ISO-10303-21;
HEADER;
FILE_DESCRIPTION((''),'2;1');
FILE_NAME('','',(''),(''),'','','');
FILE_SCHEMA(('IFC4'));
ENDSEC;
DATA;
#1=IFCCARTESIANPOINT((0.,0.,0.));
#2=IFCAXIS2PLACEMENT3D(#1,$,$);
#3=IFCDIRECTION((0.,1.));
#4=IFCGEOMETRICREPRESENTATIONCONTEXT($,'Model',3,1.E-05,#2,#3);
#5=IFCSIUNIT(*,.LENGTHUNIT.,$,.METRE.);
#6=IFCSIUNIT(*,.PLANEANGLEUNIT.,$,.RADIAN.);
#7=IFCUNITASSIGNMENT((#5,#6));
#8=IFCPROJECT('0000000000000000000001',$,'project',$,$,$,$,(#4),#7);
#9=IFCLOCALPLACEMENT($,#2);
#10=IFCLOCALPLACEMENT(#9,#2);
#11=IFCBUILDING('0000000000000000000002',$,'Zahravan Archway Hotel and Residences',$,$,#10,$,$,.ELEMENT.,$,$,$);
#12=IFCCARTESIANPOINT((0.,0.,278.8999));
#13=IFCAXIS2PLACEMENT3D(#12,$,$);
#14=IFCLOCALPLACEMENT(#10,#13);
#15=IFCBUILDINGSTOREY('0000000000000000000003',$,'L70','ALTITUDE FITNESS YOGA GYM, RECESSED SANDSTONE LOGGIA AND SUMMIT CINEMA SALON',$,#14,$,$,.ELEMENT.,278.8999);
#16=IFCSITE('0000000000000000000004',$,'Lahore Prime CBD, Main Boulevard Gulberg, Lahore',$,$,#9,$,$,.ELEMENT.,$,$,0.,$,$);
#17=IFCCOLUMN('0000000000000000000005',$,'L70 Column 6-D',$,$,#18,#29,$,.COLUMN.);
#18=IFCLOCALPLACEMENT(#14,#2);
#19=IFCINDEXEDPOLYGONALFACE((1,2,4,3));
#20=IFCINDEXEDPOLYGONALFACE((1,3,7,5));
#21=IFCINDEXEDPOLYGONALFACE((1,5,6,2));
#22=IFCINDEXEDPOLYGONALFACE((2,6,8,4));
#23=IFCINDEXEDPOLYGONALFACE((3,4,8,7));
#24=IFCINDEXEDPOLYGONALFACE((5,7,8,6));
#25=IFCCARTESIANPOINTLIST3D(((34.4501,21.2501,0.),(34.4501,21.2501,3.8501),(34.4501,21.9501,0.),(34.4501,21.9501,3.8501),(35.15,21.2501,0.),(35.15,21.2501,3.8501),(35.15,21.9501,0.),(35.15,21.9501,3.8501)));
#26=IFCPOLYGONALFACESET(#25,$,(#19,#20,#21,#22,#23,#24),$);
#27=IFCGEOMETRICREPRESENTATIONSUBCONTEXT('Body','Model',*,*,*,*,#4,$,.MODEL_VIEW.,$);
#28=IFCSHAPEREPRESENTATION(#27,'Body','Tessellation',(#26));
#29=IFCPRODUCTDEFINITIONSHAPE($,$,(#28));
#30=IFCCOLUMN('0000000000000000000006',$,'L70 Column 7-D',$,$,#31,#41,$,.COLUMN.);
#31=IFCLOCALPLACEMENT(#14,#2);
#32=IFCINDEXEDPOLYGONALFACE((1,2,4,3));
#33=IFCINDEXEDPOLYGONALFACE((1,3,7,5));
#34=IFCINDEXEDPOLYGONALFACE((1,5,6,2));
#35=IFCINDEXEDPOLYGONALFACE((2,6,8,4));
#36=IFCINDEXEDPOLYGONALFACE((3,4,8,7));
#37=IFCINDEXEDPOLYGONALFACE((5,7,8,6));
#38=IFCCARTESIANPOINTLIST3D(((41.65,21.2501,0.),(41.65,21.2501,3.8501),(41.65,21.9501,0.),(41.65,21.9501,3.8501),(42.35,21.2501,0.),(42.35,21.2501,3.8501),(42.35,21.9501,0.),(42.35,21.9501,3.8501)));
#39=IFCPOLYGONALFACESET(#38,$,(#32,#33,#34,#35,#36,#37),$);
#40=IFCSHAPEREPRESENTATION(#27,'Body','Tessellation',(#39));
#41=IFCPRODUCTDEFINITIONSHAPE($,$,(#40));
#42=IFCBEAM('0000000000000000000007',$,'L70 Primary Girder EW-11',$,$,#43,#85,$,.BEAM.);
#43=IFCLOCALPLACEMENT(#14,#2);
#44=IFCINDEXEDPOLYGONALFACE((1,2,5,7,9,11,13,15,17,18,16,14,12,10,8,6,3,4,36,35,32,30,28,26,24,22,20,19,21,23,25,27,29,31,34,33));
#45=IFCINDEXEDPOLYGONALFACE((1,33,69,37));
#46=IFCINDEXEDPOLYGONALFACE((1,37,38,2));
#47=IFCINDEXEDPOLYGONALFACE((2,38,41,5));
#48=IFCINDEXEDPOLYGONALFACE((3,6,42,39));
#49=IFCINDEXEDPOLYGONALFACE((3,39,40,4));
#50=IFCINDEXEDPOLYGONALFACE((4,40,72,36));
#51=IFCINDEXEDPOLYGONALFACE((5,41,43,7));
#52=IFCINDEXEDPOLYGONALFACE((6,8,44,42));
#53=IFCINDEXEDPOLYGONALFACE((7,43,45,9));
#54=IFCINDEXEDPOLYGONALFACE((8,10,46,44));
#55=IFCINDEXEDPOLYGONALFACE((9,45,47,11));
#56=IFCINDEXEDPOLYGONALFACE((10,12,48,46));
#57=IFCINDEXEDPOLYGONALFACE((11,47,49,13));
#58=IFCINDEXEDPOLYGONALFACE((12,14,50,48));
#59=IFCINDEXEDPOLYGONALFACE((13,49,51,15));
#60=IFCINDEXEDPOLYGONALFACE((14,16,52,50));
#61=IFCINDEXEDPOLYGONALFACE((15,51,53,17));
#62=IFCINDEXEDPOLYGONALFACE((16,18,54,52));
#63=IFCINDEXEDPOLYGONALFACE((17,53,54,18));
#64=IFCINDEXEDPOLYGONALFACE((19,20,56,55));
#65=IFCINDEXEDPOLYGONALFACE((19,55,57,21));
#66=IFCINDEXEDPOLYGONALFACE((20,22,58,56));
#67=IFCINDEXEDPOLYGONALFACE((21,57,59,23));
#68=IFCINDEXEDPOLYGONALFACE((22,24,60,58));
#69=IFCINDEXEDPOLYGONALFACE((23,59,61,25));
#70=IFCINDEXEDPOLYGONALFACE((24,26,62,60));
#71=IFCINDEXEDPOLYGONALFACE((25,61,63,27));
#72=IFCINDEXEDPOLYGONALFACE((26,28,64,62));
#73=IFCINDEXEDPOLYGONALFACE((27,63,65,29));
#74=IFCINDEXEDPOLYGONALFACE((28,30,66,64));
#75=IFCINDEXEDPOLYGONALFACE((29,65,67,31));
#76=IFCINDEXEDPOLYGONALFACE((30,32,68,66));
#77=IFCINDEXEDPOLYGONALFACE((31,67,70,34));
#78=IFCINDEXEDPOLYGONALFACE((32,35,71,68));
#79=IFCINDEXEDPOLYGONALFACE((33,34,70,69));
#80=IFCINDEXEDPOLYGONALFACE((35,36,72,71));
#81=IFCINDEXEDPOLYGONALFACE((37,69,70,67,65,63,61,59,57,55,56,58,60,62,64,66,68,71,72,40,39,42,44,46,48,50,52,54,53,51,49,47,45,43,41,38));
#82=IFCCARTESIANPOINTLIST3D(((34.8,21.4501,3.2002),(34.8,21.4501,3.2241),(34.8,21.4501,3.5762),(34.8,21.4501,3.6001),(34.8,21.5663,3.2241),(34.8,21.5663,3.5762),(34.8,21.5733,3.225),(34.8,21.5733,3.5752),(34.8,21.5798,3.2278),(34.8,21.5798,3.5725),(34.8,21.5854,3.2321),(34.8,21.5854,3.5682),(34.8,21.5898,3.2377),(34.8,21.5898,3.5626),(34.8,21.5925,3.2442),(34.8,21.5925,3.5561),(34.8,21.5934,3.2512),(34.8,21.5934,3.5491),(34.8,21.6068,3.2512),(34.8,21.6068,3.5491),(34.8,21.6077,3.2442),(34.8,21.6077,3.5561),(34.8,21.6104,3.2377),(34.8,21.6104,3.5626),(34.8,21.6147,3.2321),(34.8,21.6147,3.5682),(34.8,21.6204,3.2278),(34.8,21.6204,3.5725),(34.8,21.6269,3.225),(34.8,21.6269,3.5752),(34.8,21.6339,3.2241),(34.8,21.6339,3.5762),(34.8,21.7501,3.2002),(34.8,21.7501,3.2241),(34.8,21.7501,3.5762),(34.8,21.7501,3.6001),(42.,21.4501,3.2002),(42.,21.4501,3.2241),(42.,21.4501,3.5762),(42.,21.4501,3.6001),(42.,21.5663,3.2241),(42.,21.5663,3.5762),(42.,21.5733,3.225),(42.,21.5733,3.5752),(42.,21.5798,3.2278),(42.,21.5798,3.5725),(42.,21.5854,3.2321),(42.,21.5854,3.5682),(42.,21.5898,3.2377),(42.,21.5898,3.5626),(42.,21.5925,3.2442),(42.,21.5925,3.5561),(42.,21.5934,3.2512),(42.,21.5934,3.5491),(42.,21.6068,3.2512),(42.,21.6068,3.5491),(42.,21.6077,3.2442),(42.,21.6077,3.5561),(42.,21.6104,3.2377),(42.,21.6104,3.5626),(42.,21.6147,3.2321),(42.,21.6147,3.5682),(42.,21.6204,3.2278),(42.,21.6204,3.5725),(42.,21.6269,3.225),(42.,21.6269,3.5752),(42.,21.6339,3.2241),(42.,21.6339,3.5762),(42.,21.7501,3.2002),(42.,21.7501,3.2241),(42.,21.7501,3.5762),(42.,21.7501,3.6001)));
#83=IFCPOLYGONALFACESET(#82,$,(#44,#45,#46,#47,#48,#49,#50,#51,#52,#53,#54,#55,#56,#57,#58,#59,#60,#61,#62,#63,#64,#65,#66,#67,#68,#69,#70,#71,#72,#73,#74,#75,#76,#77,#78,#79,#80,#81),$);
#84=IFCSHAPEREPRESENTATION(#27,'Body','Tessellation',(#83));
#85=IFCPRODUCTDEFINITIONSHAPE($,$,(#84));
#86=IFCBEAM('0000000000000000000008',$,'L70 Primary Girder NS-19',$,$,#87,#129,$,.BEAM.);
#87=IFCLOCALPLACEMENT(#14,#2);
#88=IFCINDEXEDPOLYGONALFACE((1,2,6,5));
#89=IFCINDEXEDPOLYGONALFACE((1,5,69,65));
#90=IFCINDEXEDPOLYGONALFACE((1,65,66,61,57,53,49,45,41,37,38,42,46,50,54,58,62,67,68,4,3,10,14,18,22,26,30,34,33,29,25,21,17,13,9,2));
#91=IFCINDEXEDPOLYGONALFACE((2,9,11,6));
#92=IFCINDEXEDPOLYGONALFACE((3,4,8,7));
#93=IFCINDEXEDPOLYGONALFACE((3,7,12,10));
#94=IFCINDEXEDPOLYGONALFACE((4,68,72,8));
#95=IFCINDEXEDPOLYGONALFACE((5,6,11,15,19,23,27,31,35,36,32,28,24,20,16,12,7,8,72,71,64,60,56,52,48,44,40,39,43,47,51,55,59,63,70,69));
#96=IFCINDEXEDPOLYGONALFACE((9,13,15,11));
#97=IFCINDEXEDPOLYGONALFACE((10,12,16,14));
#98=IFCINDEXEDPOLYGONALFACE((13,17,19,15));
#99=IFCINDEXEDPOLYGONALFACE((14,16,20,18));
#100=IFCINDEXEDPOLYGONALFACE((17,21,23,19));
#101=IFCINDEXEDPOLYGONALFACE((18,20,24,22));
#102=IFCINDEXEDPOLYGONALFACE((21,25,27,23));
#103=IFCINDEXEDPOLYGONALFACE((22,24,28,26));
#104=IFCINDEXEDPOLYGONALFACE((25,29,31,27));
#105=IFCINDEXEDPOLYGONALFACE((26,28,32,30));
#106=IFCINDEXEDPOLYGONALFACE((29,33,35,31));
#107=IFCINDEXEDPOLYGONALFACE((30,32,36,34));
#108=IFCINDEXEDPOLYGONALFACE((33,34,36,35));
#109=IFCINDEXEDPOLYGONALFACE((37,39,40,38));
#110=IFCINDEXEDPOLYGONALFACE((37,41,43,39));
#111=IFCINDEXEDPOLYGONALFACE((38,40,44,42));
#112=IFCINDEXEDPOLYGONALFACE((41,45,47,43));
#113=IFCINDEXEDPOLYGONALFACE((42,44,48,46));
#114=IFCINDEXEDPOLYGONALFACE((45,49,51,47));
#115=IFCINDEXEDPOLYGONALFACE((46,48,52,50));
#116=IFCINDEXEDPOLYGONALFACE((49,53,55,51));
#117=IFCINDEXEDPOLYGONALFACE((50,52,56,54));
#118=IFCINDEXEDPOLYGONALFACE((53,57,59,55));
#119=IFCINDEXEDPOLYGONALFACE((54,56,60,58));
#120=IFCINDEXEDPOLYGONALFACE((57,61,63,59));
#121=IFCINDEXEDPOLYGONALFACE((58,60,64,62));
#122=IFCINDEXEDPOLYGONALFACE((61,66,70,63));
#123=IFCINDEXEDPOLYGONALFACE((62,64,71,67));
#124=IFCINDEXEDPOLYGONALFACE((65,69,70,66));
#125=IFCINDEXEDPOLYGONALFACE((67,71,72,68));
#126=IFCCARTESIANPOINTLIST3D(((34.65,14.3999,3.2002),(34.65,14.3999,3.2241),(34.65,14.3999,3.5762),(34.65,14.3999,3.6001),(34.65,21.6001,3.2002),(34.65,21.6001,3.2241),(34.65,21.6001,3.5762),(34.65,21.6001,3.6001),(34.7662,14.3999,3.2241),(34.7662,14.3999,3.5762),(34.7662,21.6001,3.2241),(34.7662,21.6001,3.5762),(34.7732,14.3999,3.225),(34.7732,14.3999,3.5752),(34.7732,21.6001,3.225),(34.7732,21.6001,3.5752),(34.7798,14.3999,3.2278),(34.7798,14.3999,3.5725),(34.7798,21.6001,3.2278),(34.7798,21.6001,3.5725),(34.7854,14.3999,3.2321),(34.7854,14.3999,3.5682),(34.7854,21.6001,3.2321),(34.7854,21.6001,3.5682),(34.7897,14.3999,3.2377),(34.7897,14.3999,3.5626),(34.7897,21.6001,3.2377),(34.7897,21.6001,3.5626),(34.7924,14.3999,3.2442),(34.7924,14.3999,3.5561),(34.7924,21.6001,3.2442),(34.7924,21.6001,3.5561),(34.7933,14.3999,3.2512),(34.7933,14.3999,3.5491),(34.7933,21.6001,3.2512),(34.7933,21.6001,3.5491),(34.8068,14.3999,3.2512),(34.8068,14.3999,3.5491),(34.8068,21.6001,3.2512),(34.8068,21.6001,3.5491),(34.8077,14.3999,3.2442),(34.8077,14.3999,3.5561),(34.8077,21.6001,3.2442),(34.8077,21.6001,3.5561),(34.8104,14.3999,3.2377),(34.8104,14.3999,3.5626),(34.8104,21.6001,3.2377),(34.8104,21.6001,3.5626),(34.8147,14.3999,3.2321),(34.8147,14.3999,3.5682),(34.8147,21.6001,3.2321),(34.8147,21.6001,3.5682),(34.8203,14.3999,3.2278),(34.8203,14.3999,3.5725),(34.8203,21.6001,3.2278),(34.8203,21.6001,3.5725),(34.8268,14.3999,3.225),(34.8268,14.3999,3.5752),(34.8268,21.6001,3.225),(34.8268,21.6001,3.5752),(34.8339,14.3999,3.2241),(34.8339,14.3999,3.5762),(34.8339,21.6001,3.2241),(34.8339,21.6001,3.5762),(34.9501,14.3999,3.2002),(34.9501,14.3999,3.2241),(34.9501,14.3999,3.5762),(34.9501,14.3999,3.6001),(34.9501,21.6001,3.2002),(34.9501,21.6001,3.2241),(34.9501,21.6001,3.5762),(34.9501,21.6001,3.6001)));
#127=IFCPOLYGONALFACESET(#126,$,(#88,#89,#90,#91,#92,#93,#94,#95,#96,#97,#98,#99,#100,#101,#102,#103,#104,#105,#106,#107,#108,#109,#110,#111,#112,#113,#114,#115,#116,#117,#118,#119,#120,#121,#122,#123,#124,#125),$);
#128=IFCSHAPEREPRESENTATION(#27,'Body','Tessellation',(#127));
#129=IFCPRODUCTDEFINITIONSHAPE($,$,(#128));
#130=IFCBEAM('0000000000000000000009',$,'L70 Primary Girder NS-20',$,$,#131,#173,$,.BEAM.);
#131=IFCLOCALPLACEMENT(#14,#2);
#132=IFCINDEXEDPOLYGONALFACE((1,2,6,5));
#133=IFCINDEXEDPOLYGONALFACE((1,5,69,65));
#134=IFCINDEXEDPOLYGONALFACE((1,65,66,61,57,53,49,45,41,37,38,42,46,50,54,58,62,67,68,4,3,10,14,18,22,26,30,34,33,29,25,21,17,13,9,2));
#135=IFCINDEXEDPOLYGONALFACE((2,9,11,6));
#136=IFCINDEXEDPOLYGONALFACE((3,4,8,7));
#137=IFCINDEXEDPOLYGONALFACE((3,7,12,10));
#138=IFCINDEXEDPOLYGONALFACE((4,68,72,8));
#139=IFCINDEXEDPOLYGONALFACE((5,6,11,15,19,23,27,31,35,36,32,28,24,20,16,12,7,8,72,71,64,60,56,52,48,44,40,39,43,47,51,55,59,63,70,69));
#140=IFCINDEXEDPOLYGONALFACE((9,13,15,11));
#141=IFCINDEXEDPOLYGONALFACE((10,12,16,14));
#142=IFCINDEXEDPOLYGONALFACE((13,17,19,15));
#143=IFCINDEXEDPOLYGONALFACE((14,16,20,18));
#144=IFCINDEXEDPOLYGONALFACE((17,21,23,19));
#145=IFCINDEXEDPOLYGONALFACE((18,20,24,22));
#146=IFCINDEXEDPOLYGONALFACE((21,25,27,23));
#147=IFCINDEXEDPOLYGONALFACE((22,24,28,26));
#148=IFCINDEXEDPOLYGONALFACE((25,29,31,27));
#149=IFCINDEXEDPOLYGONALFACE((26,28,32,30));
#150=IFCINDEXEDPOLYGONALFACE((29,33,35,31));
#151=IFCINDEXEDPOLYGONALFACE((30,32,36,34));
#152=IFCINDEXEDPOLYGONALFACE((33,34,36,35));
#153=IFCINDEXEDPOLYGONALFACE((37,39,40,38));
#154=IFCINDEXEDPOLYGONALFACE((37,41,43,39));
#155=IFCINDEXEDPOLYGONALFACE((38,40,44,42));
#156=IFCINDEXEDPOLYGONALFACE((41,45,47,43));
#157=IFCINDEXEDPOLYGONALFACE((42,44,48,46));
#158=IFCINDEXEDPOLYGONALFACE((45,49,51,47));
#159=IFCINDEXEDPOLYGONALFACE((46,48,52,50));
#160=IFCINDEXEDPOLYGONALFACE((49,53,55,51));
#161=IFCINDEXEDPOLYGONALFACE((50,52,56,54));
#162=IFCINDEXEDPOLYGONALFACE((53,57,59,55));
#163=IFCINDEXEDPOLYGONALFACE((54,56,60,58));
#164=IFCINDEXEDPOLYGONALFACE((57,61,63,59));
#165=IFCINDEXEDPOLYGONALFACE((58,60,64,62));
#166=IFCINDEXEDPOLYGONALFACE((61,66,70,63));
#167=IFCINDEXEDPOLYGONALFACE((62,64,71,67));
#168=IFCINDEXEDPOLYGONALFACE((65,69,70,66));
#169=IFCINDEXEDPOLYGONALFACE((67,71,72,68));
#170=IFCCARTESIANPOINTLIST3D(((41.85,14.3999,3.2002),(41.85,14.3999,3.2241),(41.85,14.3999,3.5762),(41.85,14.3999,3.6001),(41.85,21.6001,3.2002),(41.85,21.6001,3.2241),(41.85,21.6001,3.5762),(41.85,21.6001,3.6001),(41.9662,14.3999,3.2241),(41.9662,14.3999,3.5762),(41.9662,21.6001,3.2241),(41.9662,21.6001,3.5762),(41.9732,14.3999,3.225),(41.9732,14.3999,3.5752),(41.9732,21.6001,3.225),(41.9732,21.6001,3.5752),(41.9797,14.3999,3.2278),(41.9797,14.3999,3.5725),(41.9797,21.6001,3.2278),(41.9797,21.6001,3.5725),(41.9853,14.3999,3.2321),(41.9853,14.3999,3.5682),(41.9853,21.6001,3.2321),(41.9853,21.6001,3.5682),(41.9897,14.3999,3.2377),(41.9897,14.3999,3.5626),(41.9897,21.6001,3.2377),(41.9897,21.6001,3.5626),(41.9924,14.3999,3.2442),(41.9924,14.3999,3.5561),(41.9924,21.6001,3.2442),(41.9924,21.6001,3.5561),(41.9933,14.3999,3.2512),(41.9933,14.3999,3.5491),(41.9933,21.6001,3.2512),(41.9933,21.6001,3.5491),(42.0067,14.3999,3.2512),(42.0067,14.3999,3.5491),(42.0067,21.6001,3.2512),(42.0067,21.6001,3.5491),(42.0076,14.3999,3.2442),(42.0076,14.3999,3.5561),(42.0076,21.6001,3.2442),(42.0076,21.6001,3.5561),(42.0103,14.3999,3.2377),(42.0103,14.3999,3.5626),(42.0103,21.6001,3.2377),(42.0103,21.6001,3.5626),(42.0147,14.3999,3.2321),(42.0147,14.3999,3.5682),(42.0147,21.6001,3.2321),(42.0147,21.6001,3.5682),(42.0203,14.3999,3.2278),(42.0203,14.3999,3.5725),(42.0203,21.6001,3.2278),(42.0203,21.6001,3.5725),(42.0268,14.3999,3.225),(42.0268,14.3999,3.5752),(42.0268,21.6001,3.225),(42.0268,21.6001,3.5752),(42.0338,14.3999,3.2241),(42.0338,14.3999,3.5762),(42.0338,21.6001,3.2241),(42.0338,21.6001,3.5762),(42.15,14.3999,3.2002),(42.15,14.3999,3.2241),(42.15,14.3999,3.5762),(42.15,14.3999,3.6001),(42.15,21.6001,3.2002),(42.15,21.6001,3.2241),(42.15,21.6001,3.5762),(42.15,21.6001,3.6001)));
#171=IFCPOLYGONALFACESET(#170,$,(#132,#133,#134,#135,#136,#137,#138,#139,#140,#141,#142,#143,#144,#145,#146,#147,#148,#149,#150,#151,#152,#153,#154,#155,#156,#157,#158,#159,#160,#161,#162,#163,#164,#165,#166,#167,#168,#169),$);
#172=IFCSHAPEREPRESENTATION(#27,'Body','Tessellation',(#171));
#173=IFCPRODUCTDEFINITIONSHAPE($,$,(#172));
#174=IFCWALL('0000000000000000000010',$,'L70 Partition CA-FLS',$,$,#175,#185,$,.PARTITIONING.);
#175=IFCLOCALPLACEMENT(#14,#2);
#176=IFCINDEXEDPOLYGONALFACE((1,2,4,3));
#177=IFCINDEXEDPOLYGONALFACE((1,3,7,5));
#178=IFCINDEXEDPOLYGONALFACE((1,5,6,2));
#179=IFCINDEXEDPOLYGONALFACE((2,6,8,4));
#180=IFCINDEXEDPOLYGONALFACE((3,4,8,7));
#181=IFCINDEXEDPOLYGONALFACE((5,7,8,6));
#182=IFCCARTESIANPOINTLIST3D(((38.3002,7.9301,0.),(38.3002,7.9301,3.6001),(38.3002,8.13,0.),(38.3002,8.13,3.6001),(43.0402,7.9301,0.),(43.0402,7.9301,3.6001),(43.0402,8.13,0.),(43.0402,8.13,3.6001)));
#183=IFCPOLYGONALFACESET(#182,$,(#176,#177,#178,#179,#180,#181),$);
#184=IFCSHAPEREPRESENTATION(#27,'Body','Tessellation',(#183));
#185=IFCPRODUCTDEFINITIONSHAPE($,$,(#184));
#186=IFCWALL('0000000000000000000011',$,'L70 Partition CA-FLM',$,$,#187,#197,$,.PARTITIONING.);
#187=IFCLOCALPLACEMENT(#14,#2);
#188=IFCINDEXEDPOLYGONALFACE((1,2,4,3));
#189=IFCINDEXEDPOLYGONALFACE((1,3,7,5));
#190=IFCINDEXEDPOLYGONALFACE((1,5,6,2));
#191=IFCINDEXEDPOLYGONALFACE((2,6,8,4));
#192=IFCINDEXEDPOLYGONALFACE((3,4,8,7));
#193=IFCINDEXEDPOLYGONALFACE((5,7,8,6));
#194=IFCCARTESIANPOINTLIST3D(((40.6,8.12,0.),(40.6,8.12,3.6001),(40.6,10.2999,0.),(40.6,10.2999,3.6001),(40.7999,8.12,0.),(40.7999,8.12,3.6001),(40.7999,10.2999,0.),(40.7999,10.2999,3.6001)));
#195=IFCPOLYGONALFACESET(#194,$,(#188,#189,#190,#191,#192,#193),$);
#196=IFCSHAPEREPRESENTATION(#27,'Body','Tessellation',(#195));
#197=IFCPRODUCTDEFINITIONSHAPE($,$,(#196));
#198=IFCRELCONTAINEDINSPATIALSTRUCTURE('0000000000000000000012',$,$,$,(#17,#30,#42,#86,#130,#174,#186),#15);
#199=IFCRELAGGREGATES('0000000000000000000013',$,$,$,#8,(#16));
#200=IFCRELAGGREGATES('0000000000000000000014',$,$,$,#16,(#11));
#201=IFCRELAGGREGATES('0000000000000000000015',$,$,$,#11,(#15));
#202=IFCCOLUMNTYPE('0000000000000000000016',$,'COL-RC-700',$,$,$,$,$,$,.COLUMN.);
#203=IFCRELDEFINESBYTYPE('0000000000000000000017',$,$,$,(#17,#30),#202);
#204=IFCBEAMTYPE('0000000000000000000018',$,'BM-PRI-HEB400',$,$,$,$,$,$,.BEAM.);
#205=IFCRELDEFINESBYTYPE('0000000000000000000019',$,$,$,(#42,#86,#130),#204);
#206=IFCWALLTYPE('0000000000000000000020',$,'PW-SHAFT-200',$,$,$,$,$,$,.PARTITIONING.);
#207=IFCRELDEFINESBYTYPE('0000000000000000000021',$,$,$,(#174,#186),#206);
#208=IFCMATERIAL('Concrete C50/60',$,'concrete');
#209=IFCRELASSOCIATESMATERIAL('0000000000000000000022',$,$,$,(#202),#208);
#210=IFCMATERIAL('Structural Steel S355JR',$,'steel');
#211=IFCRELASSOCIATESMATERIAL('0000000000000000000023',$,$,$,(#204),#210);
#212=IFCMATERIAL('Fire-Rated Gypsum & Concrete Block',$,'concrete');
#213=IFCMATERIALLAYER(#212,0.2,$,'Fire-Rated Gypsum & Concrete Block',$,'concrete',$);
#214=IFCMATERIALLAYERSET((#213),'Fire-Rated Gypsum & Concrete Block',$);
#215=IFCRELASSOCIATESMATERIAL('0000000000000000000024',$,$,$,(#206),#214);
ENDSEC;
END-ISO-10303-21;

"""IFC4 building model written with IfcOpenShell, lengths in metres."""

from ifc_helpers import new_model, si_unit, direction, frame, frame_2d, origin, origin_2d, place, context, subcontext, project, spatial, rectangle, i_section, extrude, source, transform, mapped, material, layer, layer_set, material_profile, profile_set, type_object, type_shapes, element, save


model = new_model("IFC4")

# Units and contexts
model_context = context("Model", 3, precision=1e-05, world=origin(), true_north=direction((0.0, 1.0)))
body_context = subcontext(model_context, "Body", "Model", "MODEL_VIEW")
ifc_project = project(units=[si_unit("LENGTHUNIT", "METRE"), si_unit("PLANEANGLEUNIT", "RADIAN")], contexts=[model_context])

# Site, building, storey
site_placement = place(None, origin())
site = spatial("IfcSite", under=ifc_project, at=site_placement, Name="Lahore Prime CBD, Main Boulevard Gulberg, Lahore", CompositionType="ELEMENT", RefElevation=0.0)
building_placement = place(site_placement, origin())
building = spatial("IfcBuilding", under=site, at=building_placement, Name="Zahravan Archway Hotel and Residences", CompositionType="ELEMENT")
storey_placement = place(building_placement, frame((0.0, 0.0, 278.8999)))
storey = spatial("IfcBuildingStorey", under=building, at=storey_placement, Name="L70", Description="ALTITUDE FITNESS YOGA GYM, RECESSED SANDSTONE LOGGIA AND SUMMIT CINEMA SALON", CompositionType="ELEMENT", Elevation=278.8999)

# Columns
ifc_material_1 = material(Name="Concrete C50/60", Category="concrete")
ifc_material_profile_1 = material_profile(ifc_material_1, rectangle(XDim=0.7, YDim=0.7, at=origin_2d()), Name="RC-COL-700x700", Category="concrete")
ifc_profile_set_1 = profile_set([ifc_material_profile_1], Name="Concrete C50/60")
column_type = type_object("IfcColumnType", Name="COL-RC-700", PredefinedType="COLUMN", material=ifc_profile_set_1)
shared_shape_1 = source(origin(), body_context, "Body", "SweptSolid", [
    extrude(rectangle(XDim=0.7, YDim=0.7, at=origin_2d()), origin(), (0.0, 0.0, 1.0), 3.8501),
])
for number, where, z_axis, x_axis, name in (
    (1, (34.8, 21.6001, 0.0), (0.0, 0.0, 1.0), (1.0, 0.0, 0.0), "L70 Column 6-D"),
    (2, (42.0, 21.6001, 0.0), (0.0, 0.0, 1.0), (1.0, 0.0, 0.0), "L70 Column 7-D"),
):
    element("IfcColumn", number, at=place(storey_placement, frame(where, z_axis=z_axis, x_axis=x_axis)), inside=storey, type_object=column_type, Name=name, PredefinedType="COLUMN", context=body_context, shape_type="MappedRepresentation", body=[
        mapped(shared_shape_1, transform((0.0, 0.0, 0.0), scale=1.0)),
    ])

# Beams
ifc_material_2 = material(Name="Structural Steel S355JR", Category="steel")
ifc_material_profile_2 = material_profile(ifc_material_2, i_section(OverallWidth=0.3, OverallDepth=0.3999, WebThickness=0.0134, FlangeThickness=0.0239, FilletRadius=0.0271, at=origin_2d()), Name="HEB 400", Category="steel")
ifc_profile_set_2 = profile_set([ifc_material_profile_2], Name="Structural Steel S355JR")
beam_type = type_object("IfcBeamType", Name="BM-PRI-HEB400", PredefinedType="BEAM", material=ifc_profile_set_2)
shared_shape_2 = source(origin(), body_context, "Body", "SweptSolid", [
    extrude(i_section(OverallWidth=0.3, OverallDepth=0.3999, WebThickness=0.0134, FlangeThickness=0.0239, FilletRadius=0.0271, at=origin_2d()), origin(), (0.0, 0.0, 1.0), 7.2),
])
type_shapes(beam_type, [shared_shape_2])
beam_placement = place(storey_placement, frame((34.8, 21.6001, 3.4001), z_axis=(1.0, 0.0, 0.0), x_axis=(0.0, 1.0, 0.0)))
element("IfcBeam", 3, at=beam_placement, inside=storey, type_object=beam_type, Name="L70 Primary Girder EW-11", PredefinedType="BEAM", context=body_context, shape_type="MappedRepresentation", body=[
    mapped(shared_shape_2, transform((0.0, 0.0, 0.0), scale=1.0)),
])
shared_shape_3 = source(origin(), body_context, "Body", "SweptSolid", [
    extrude(i_section(OverallWidth=0.3, OverallDepth=0.3999, WebThickness=0.0134, FlangeThickness=0.0239, FilletRadius=0.0271, at=origin_2d()), origin(), (0.0, 0.0, 1.0), 7.2002),
])
for number, where, z_axis, x_axis, name in (
    (4, (34.8, 14.3999, 3.4001), (0.0, 1.0, 0.0), (-1.0, 0.0, 0.0), "L70 Primary Girder NS-19"),
    (5, (42.0, 14.3999, 3.4001), (0.0, 1.0, 0.0), (-1.0, 0.0, 0.0), "L70 Primary Girder NS-20"),
):
    element("IfcBeam", number, at=place(storey_placement, frame(where, z_axis=z_axis, x_axis=x_axis)), inside=storey, type_object=beam_type, Name=name, PredefinedType="BEAM", context=body_context, shape_type="MappedRepresentation", body=[
        mapped(shared_shape_3, transform((0.0, 0.0, 0.0), scale=1.0)),
    ])

# Shared definitions
ifc_material_3 = material(Name="Fire-Rated Gypsum & Concrete Block", Category="concrete")

# Walls
ifc_layer_1 = layer(ifc_material_3, 0.2, Name="Fire-Rated Gypsum & Concrete Block", Category="concrete")
ifc_layer_set_1 = layer_set([ifc_layer_1], Name="Fire-Rated Gypsum & Concrete Block")
wall_type_1 = type_object("IfcWallType", Name="PW-SHAFT-200", PredefinedType="PARTITIONING", material=ifc_layer_set_1)
wall_1_placement = place(storey_placement, frame((38.3, 8.03, 0.0), z_axis=(0.0, 0.0, 1.0), x_axis=(1.0, 0.0, 0.0)))
element("IfcWall", 6, at=wall_1_placement, inside=storey, type_object=wall_type_1, Name="L70 Partition CA-FLS", PredefinedType="PARTITIONING", context=body_context, shape_type="SweptSolid", body=[
    extrude(rectangle(XDim=4.74, YDim=0.2, at=frame_2d((2.3701, 0.0))), origin(), (0.0, 0.0, 1.0), 3.6001),
])
wall_2_placement = place(storey_placement, frame((40.7, 8.1201, 0.0), z_axis=(0.0, 0.0, 1.0), x_axis=(0.0, 1.0, 0.0)))
element("IfcWall", 7, at=wall_2_placement, inside=storey, type_object=wall_type_1, Name="L70 Partition CA-FLM", PredefinedType="PARTITIONING", context=body_context, shape_type="SweptSolid", body=[
    extrude(rectangle(XDim=2.1799, YDim=0.2, at=frame_2d((1.0898, 0.0))), origin(), (0.0, 0.0, 1.0), 3.6001),
])

save(model, "model.ifc")
